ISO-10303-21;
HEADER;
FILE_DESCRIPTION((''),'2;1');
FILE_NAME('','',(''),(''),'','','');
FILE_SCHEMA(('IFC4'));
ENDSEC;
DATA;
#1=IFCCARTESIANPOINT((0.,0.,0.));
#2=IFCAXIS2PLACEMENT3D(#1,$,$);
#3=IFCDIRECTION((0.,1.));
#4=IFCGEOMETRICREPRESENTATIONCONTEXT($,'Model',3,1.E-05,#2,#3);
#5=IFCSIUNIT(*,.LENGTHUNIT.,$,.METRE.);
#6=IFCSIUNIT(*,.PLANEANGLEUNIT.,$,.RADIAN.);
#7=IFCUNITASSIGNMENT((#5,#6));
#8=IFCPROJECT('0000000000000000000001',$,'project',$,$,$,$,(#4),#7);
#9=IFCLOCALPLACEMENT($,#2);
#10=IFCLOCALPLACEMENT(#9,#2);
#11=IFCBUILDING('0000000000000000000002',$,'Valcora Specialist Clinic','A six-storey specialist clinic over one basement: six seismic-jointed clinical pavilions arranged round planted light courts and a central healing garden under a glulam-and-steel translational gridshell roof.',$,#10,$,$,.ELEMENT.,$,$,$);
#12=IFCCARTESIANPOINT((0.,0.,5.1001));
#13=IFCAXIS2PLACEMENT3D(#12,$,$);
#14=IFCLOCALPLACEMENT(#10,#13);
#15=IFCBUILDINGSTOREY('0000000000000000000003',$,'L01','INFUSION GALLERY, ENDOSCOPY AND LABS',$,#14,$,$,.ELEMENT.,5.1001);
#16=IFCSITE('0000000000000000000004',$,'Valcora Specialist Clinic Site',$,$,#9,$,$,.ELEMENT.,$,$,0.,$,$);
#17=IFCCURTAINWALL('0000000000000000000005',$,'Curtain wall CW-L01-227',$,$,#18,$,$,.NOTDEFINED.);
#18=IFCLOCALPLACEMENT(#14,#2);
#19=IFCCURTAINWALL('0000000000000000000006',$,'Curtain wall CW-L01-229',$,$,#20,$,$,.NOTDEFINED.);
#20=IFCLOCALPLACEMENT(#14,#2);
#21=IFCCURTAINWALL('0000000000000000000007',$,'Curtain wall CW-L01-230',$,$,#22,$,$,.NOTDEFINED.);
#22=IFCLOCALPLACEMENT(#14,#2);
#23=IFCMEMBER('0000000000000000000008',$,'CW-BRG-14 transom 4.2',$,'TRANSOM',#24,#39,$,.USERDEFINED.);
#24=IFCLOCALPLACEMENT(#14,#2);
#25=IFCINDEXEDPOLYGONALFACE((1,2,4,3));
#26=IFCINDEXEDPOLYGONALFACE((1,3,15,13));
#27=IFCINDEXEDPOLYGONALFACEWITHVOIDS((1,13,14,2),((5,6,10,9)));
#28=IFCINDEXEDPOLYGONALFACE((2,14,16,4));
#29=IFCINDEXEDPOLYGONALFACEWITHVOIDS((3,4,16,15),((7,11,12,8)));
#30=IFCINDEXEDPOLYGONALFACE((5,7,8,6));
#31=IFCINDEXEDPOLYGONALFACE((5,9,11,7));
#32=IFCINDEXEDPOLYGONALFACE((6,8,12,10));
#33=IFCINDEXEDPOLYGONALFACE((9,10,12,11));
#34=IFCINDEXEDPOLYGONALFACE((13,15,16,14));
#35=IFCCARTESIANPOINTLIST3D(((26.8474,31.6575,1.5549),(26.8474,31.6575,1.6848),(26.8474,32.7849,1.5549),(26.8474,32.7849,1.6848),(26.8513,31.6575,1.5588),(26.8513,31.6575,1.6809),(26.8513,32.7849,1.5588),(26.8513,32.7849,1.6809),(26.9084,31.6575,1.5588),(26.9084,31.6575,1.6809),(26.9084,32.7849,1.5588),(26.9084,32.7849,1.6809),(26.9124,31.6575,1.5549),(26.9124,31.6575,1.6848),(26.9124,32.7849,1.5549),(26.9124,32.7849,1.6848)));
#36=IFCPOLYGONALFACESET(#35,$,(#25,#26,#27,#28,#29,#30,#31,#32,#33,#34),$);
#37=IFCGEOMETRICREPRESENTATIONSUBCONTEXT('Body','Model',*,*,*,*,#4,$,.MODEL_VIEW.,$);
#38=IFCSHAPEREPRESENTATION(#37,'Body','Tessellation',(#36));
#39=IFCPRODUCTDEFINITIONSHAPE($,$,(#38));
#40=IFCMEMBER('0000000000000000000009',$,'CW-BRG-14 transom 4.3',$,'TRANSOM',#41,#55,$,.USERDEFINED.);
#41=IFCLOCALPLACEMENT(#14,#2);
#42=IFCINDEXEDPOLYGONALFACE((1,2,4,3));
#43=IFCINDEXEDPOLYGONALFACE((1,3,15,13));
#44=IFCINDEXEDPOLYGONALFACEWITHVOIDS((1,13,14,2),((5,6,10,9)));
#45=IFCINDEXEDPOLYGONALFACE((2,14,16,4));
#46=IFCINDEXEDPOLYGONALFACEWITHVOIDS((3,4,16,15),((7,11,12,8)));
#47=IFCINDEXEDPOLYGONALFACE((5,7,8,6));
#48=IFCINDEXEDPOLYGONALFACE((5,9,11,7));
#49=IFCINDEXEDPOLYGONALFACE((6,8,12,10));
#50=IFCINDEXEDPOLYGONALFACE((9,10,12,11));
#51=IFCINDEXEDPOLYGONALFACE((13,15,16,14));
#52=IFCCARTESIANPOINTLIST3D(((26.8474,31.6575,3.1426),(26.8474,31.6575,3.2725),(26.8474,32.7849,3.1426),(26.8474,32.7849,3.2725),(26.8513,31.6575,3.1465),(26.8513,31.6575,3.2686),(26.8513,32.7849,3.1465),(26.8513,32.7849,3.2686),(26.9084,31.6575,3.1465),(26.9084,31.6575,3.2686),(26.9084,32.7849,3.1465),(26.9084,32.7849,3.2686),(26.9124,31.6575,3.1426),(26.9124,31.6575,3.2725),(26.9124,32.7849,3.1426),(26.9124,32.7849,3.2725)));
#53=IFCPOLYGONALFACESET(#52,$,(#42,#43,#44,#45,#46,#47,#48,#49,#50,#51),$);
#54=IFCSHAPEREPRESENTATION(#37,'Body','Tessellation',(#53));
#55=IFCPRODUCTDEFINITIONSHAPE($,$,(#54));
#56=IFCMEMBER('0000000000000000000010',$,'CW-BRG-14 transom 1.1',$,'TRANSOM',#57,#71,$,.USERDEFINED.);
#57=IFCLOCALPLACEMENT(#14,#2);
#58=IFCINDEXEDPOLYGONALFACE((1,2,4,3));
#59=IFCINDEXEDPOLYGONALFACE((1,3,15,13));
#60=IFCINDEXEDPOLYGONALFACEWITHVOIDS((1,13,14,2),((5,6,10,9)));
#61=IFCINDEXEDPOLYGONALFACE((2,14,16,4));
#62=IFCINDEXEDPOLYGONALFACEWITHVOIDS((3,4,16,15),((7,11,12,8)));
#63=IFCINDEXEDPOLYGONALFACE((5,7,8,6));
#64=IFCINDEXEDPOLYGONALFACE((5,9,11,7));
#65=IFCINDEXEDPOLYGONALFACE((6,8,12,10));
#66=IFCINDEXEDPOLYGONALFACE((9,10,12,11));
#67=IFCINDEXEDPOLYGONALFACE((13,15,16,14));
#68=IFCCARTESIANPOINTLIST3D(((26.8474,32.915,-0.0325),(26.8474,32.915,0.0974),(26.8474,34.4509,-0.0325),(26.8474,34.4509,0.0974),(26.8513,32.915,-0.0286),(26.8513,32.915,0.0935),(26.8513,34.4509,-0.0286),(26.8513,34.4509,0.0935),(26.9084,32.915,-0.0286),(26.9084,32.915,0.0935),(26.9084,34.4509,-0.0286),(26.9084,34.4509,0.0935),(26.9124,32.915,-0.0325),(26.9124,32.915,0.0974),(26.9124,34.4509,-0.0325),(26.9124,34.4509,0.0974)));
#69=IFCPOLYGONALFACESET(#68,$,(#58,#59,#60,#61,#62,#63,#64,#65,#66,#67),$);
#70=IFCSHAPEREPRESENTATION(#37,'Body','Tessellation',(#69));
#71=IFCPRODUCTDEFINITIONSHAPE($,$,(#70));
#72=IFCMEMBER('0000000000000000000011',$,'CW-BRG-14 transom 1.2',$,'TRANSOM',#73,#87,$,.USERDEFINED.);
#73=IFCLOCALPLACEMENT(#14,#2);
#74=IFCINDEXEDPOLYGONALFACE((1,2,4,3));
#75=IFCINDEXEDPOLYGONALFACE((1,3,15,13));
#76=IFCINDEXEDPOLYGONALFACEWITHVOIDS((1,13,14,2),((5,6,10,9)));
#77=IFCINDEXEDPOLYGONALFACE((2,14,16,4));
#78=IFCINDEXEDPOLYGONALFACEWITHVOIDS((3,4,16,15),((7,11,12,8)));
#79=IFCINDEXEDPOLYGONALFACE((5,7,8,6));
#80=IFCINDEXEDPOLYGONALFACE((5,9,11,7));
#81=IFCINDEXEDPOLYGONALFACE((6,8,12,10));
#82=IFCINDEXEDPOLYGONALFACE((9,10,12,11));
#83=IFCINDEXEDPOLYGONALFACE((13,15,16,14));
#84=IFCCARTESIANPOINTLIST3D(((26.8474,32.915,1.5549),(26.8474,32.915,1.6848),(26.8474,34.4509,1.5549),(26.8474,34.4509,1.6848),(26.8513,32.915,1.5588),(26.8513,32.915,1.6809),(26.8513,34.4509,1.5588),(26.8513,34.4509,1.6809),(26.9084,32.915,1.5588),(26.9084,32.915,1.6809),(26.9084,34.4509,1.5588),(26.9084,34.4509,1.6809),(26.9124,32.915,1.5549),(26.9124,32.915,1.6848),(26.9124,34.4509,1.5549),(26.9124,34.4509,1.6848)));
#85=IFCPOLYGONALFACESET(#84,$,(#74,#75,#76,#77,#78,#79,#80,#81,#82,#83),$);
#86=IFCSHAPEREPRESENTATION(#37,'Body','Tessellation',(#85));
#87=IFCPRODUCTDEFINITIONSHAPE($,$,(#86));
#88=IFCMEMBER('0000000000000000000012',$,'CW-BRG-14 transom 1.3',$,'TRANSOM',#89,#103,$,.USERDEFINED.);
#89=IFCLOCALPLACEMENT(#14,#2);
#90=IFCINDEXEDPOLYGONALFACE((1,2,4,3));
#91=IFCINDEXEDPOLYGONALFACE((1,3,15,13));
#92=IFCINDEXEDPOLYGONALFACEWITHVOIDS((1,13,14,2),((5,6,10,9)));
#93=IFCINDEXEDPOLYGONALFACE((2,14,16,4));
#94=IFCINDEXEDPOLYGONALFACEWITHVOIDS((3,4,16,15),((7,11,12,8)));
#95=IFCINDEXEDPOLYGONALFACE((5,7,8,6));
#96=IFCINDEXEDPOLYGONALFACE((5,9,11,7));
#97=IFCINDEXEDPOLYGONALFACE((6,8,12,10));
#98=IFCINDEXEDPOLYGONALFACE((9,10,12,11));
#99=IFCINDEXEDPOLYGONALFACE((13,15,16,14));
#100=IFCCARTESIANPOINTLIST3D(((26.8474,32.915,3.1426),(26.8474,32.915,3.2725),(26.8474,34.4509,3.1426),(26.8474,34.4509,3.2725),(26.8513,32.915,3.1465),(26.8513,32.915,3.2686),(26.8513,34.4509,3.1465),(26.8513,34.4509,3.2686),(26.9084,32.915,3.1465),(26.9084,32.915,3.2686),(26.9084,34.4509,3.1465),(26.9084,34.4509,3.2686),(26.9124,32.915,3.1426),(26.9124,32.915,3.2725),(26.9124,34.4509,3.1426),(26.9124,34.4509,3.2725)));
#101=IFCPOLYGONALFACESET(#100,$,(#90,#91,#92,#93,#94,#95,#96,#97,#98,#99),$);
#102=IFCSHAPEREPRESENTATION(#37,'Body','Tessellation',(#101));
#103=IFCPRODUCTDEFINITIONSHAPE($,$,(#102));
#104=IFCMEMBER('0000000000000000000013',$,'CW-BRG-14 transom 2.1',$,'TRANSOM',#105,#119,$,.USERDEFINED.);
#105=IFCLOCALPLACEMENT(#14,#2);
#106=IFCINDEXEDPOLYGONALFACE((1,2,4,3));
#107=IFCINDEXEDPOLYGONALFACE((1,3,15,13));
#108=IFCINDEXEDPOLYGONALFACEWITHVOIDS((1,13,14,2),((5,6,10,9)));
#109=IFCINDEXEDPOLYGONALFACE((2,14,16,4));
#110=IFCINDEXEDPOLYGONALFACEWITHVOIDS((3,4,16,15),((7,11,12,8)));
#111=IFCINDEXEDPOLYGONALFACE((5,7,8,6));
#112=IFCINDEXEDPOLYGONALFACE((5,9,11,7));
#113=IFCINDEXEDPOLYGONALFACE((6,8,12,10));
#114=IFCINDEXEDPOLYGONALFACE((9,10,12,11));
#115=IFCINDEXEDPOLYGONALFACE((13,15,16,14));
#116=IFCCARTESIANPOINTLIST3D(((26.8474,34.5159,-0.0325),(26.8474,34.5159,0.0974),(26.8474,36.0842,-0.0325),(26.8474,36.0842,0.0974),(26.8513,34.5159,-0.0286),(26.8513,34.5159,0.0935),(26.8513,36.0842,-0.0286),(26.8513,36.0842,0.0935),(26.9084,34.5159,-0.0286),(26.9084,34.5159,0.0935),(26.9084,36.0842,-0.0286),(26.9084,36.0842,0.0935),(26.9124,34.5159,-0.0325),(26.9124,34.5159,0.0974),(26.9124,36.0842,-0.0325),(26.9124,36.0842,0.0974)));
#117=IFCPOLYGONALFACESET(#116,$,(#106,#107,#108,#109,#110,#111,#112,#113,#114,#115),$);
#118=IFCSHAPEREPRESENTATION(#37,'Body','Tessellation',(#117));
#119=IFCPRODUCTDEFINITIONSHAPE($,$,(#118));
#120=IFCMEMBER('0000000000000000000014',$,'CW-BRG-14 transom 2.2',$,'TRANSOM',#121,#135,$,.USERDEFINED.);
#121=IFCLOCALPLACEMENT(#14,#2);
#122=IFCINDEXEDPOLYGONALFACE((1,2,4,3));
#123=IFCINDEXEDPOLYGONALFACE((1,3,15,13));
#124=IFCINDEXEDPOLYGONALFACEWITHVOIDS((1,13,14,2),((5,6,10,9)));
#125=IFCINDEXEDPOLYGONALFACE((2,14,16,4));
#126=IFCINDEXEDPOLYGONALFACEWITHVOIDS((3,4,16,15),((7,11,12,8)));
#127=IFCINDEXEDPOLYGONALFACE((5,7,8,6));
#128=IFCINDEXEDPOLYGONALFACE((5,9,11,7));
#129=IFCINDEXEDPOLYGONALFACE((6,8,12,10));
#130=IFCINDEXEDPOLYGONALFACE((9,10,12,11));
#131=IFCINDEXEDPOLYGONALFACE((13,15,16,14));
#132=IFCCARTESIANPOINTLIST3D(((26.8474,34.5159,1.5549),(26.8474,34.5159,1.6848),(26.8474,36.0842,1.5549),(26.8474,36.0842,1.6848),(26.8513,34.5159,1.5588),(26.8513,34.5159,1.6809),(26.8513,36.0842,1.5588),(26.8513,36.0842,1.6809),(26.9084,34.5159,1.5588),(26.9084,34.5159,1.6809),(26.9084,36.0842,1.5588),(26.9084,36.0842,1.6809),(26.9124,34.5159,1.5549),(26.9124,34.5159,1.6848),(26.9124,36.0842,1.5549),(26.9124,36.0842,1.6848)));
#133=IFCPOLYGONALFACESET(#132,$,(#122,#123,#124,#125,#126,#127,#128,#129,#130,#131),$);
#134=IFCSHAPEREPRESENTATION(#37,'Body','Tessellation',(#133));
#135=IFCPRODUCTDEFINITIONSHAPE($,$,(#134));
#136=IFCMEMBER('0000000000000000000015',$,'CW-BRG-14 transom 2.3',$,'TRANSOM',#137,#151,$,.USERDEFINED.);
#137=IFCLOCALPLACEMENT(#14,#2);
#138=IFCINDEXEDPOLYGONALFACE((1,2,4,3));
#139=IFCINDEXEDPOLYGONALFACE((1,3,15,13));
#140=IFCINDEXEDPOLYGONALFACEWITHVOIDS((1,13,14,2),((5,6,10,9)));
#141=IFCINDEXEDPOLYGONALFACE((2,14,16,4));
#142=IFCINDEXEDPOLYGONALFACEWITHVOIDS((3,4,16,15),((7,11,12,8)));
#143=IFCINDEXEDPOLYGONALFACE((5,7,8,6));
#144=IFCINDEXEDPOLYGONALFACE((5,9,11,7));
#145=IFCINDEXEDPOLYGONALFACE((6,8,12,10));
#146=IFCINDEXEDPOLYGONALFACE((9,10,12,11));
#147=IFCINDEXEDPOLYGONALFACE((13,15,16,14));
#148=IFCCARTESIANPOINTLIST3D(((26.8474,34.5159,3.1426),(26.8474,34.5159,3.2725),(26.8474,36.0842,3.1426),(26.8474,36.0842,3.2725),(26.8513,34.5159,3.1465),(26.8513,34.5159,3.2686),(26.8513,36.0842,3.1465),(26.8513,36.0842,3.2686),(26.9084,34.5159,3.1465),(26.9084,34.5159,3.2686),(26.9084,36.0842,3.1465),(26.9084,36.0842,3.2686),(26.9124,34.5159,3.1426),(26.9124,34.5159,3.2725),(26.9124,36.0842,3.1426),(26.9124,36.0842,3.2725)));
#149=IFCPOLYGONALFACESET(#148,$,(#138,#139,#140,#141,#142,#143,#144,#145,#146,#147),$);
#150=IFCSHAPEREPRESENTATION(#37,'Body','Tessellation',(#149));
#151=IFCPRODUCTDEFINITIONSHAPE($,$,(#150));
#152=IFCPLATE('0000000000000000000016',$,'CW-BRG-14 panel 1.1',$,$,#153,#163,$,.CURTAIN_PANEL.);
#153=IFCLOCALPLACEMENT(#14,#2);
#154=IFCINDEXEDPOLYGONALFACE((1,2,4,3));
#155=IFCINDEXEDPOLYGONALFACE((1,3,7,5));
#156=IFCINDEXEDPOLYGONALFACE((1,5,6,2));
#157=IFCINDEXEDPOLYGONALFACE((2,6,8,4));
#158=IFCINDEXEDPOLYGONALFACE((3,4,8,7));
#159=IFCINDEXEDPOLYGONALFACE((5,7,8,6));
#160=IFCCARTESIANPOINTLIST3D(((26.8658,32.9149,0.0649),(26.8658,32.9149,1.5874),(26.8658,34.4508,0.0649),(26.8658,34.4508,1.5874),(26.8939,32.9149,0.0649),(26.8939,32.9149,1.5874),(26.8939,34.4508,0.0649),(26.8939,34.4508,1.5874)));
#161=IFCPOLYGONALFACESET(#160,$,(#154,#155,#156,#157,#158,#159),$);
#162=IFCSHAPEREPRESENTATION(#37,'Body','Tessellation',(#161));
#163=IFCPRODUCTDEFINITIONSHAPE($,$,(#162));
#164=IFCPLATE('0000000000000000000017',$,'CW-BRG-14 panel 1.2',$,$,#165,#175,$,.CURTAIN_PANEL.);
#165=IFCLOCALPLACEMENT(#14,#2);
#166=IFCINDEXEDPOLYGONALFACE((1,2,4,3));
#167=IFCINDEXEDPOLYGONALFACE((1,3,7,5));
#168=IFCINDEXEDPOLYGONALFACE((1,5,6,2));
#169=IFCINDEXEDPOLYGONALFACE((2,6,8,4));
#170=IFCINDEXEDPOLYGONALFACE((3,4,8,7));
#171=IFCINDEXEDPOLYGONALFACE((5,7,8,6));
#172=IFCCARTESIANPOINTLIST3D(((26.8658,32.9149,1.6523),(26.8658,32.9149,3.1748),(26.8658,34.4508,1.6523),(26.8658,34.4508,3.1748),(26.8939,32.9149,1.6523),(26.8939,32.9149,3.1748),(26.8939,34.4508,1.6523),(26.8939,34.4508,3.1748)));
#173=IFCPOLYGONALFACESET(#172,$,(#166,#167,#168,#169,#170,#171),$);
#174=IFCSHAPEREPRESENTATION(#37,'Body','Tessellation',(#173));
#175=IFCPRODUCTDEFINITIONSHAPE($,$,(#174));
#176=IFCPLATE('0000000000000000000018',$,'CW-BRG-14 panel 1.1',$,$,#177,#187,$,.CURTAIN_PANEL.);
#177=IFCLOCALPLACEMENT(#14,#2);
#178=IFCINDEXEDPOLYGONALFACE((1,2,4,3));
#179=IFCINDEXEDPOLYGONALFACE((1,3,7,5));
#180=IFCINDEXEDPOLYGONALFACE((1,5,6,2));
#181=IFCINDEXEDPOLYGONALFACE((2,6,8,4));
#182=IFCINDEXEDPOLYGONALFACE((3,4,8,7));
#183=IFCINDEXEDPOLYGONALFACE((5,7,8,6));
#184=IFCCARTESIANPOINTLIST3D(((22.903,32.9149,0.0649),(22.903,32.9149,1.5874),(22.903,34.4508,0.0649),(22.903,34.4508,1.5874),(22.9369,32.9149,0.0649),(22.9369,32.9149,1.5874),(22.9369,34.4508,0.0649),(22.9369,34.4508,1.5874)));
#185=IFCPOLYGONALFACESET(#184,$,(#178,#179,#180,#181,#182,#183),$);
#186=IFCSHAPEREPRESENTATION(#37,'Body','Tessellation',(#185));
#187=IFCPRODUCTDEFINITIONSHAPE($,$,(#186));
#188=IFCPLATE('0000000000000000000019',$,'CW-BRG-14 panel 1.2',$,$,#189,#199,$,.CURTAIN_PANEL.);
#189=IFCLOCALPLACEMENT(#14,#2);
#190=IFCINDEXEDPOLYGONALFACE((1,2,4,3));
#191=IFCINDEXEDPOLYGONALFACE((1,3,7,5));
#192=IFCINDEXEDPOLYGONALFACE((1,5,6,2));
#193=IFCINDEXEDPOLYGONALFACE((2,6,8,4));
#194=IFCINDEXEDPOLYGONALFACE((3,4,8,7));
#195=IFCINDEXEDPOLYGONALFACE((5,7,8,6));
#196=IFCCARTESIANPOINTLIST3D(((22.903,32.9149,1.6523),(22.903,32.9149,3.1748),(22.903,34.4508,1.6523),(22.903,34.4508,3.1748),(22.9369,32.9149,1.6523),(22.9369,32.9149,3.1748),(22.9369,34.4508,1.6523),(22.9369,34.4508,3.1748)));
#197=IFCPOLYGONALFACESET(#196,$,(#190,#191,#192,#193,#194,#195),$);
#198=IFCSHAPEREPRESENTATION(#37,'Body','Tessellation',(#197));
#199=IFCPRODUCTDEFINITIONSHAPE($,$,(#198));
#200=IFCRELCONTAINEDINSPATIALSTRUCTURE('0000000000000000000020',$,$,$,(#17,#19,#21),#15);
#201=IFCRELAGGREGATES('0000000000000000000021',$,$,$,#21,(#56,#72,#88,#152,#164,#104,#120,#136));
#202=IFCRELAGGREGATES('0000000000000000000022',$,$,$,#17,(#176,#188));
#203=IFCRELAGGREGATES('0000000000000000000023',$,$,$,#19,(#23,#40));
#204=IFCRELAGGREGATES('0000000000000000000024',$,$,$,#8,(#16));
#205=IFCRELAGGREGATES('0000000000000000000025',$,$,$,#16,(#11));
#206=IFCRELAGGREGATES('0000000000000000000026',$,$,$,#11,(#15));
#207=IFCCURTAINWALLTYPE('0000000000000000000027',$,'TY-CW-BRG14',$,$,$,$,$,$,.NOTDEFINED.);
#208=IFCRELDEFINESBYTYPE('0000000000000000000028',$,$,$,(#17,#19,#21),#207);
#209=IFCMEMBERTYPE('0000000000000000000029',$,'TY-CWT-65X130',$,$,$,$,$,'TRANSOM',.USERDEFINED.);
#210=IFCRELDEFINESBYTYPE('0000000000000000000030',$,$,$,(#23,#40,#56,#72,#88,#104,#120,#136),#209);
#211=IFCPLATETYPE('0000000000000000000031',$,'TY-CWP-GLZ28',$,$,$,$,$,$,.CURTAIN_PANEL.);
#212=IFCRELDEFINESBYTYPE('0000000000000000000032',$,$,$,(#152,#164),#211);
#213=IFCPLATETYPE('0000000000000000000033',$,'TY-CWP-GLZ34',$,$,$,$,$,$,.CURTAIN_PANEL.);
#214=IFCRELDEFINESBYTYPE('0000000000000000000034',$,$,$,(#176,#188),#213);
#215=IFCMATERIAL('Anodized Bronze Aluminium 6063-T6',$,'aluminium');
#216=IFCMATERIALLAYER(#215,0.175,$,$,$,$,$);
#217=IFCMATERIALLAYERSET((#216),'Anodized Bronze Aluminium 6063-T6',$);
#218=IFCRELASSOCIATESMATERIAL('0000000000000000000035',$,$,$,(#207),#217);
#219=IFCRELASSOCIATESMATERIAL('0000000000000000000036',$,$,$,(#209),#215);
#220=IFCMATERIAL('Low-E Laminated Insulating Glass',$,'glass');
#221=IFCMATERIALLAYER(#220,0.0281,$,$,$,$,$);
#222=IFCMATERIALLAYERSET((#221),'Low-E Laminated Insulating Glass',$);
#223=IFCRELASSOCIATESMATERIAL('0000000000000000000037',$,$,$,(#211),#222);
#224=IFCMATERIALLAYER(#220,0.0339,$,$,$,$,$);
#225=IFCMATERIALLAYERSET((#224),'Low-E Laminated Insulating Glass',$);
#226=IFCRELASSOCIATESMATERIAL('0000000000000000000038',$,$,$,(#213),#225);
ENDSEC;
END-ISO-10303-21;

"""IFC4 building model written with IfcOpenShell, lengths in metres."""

from ifc_helpers import new_model, si_unit, direction, frame, origin, origin_2d, place, context, subcontext, project, spatial, rectangle, hollow_rectangle, extrude, material, layer, layer_set, material_profile, profile_set, type_object, element, aggregate, save


model = new_model("IFC4")

# Units and contexts
model_context = context("Model", 3, precision=1e-05, world=origin(), true_north=direction((0.0, 1.0)))
body_context = subcontext(model_context, "Body", "Model", "MODEL_VIEW")
ifc_project = project(units=[si_unit("LENGTHUNIT", "METRE"), si_unit("PLANEANGLEUNIT", "RADIAN")], contexts=[model_context])

# Site, building, storey
site_placement = place(None, origin())
site = spatial("IfcSite", under=ifc_project, at=site_placement, Name="Valcora Specialist Clinic Site", CompositionType="ELEMENT", RefElevation=0.0)
building_placement = place(site_placement, origin())
building = spatial("IfcBuilding", under=site, at=building_placement, Name="Valcora Specialist Clinic", Description="A six-storey specialist clinic over one basement: six seismic-jointed clinical pavilions arranged round planted light courts and a central healing garden under a glulam-and-steel translational gridshell roof.", CompositionType="ELEMENT")
storey_placement = place(building_placement, frame((0.0, 0.0, 5.1001)))
storey = spatial("IfcBuildingStorey", under=building, at=storey_placement, Name="L01", Description="INFUSION GALLERY, ENDOSCOPY AND LABS", CompositionType="ELEMENT", Elevation=5.1001)

# Curtain wall
ifc_material_1 = material(Name="Anodized Bronze Aluminium 6063-T6", Category="aluminium")
ifc_layer_1 = layer(ifc_material_1, 0.175)
ifc_layer_set_1 = layer_set([ifc_layer_1], Name="Anodized Bronze Aluminium 6063-T6")
curtain_wall_type = type_object("IfcCurtainWallType", Name="TY-CW-BRG14", PredefinedType="NOTDEFINED", material=ifc_layer_set_1)
curtain_wall_1_placement = place(storey_placement, origin())
curtain_wall_1 = element("IfcCurtainWall", 1, at=curtain_wall_1_placement, inside=storey, type_object=curtain_wall_type, Name="Curtain wall CW-L01-227", PredefinedType="NOTDEFINED")

# Curtain wall
curtain_wall_2_placement = place(storey_placement, origin())
curtain_wall_2 = element("IfcCurtainWall", 2, at=curtain_wall_2_placement, inside=storey, type_object=curtain_wall_type, Name="Curtain wall CW-L01-229", PredefinedType="NOTDEFINED")

# Curtain wall
curtain_wall_3_placement = place(storey_placement, origin())
curtain_wall_3 = element("IfcCurtainWall", 3, at=curtain_wall_3_placement, inside=storey, type_object=curtain_wall_type, Name="Curtain wall CW-L01-230", PredefinedType="NOTDEFINED")

# Members
ifc_material_profile_1 = material_profile(ifc_material_1, hollow_rectangle(XDim=0.0649, YDim=0.1299, WallThickness=0.0039, at=origin_2d()), Name="AL-TRN-65X130")
ifc_profile_set_1 = profile_set([ifc_material_profile_1], Name="Anodized Bronze Aluminium 6063-T6")
member_type_1 = type_object("IfcMemberType", Name="TY-CWT-65X130", ElementType="TRANSOM", PredefinedType="USERDEFINED", material=ifc_profile_set_1)
member_1_placement = place(storey_placement, frame((26.8799, 31.6575, 1.6199), z_axis=(0.0, 1.0, 0.0), x_axis=(-1.0, 0.0, 0.0)))
member_1 = element("IfcMember", 4, at=member_1_placement, type_object=member_type_1, Name="CW-BRG-14 transom 4.2", ObjectType="TRANSOM", PredefinedType="USERDEFINED", context=body_context, shape_type="SweptSolid", body=[
    extrude(hollow_rectangle(XDim=0.0649, YDim=0.1299, WallThickness=0.0039, at=origin_2d()), origin(), (0.0, 0.0, 1.0), 1.1274),
])
member_2_placement = place(storey_placement, frame((26.8799, 31.6575, 3.2075), z_axis=(0.0, 1.0, 0.0), x_axis=(-1.0, 0.0, 0.0)))
member_2 = element("IfcMember", 5, at=member_2_placement, type_object=member_type_1, Name="CW-BRG-14 transom 4.3", ObjectType="TRANSOM", PredefinedType="USERDEFINED", context=body_context, shape_type="SweptSolid", body=[
    extrude(hollow_rectangle(XDim=0.0649, YDim=0.1299, WallThickness=0.0039, at=origin_2d()), origin(), (0.0, 0.0, 1.0), 1.1274),
])
member_3_placement = place(storey_placement, frame((26.8799, 32.915, 0.0325), z_axis=(0.0, 1.0, 0.0), x_axis=(-1.0, 0.0, 0.0)))
member_3 = element("IfcMember", 6, at=member_3_placement, type_object=member_type_1, Name="CW-BRG-14 transom 1.1", ObjectType="TRANSOM", PredefinedType="USERDEFINED", context=body_context, shape_type="SweptSolid", body=[
    extrude(hollow_rectangle(XDim=0.0649, YDim=0.1299, WallThickness=0.0039, at=origin_2d()), origin(), (0.0, 0.0, 1.0), 1.5359),
])
member_4_placement = place(storey_placement, frame((26.8799, 32.915, 1.6199), z_axis=(0.0, 1.0, 0.0), x_axis=(-1.0, 0.0, 0.0)))
member_4 = element("IfcMember", 7, at=member_4_placement, type_object=member_type_1, Name="CW-BRG-14 transom 1.2", ObjectType="TRANSOM", PredefinedType="USERDEFINED", context=body_context, shape_type="SweptSolid", body=[
    extrude(hollow_rectangle(XDim=0.0649, YDim=0.1299, WallThickness=0.0039, at=origin_2d()), origin(), (0.0, 0.0, 1.0), 1.5359),
])
member_5_placement = place(storey_placement, frame((26.8799, 32.915, 3.2075), z_axis=(0.0, 1.0, 0.0), x_axis=(-1.0, 0.0, 0.0)))
member_5 = element("IfcMember", 8, at=member_5_placement, type_object=member_type_1, Name="CW-BRG-14 transom 1.3", ObjectType="TRANSOM", PredefinedType="USERDEFINED", context=body_context, shape_type="SweptSolid", body=[
    extrude(hollow_rectangle(XDim=0.0649, YDim=0.1299, WallThickness=0.0039, at=origin_2d()), origin(), (0.0, 0.0, 1.0), 1.5359),
])
member_6_placement = place(storey_placement, frame((26.8799, 34.5159, 0.0325), z_axis=(0.0, 1.0, 0.0), x_axis=(-1.0, 0.0, 0.0)))
member_6 = element("IfcMember", 9, at=member_6_placement, type_object=member_type_1, Name="CW-BRG-14 transom 2.1", ObjectType="TRANSOM", PredefinedType="USERDEFINED", context=body_context, shape_type="SweptSolid", body=[
    extrude(hollow_rectangle(XDim=0.0649, YDim=0.1299, WallThickness=0.0039, at=origin_2d()), origin(), (0.0, 0.0, 1.0), 1.5684),
])
member_7_placement = place(storey_placement, frame((26.8799, 34.5159, 1.6199), z_axis=(0.0, 1.0, 0.0), x_axis=(-1.0, 0.0, 0.0)))
member_7 = element("IfcMember", 10, at=member_7_placement, type_object=member_type_1, Name="CW-BRG-14 transom 2.2", ObjectType="TRANSOM", PredefinedType="USERDEFINED", context=body_context, shape_type="SweptSolid", body=[
    extrude(hollow_rectangle(XDim=0.0649, YDim=0.1299, WallThickness=0.0039, at=origin_2d()), origin(), (0.0, 0.0, 1.0), 1.5684),
])
member_8_placement = place(storey_placement, frame((26.8799, 34.5159, 3.2075), z_axis=(0.0, 1.0, 0.0), x_axis=(-1.0, 0.0, 0.0)))
member_8 = element("IfcMember", 11, at=member_8_placement, type_object=member_type_1, Name="CW-BRG-14 transom 2.3", ObjectType="TRANSOM", PredefinedType="USERDEFINED", context=body_context, shape_type="SweptSolid", body=[
    extrude(hollow_rectangle(XDim=0.0649, YDim=0.1299, WallThickness=0.0039, at=origin_2d()), origin(), (0.0, 0.0, 1.0), 1.5684),
])

# Plates
ifc_material_2 = material(Name="Low-E Laminated Insulating Glass", Category="glass")
ifc_layer_2 = layer(ifc_material_2, 0.0281)
ifc_layer_set_2 = layer_set([ifc_layer_2], Name="Low-E Laminated Insulating Glass")
plate_type_1 = type_object("IfcPlateType", Name="TY-CWP-GLZ28", PredefinedType="CURTAIN_PANEL", material=ifc_layer_set_2)
plate_1_placement = place(storey_placement, frame((26.8799, 33.6829, 0.0649), z_axis=(0.0, 0.0, 1.0), x_axis=(0.0, 1.0, 0.0)))
plate_1 = element("IfcPlate", 12, at=plate_1_placement, type_object=plate_type_1, Name="CW-BRG-14 panel 1.1", PredefinedType="CURTAIN_PANEL", context=body_context, shape_type="SweptSolid", body=[
    extrude(rectangle(XDim=1.5359, YDim=0.0281, at=origin_2d()), origin(), (0.0, 0.0, 1.0), 1.5225),
])
plate_2_placement = place(storey_placement, frame((26.8799, 33.6829, 1.6523), z_axis=(0.0, 0.0, 1.0), x_axis=(0.0, 1.0, 0.0)))
plate_2 = element("IfcPlate", 13, at=plate_2_placement, type_object=plate_type_1, Name="CW-BRG-14 panel 1.2", PredefinedType="CURTAIN_PANEL", context=body_context, shape_type="SweptSolid", body=[
    extrude(rectangle(XDim=1.5359, YDim=0.0281, at=origin_2d()), origin(), (0.0, 0.0, 1.0), 1.5225),
])
aggregate(curtain_wall_3, [member_3, member_4, member_5, plate_1, plate_2, member_6, member_7, member_8])
ifc_layer_3 = layer(ifc_material_2, 0.0339)
ifc_layer_set_3 = layer_set([ifc_layer_3], Name="Low-E Laminated Insulating Glass")
plate_type_2 = type_object("IfcPlateType", Name="TY-CWP-GLZ34", PredefinedType="CURTAIN_PANEL", material=ifc_layer_set_3)
plate_3_placement = place(storey_placement, frame((22.9199, 33.6829, 0.0649), z_axis=(0.0, 0.0, 1.0), x_axis=(0.0, 1.0, 0.0)))
plate_3 = element("IfcPlate", 14, at=plate_3_placement, type_object=plate_type_2, Name="CW-BRG-14 panel 1.1", PredefinedType="CURTAIN_PANEL", context=body_context, shape_type="SweptSolid", body=[
    extrude(rectangle(XDim=1.5359, YDim=0.0339, at=origin_2d()), origin(), (0.0, 0.0, 1.0), 1.5225),
])
plate_4_placement = place(storey_placement, frame((22.9199, 33.6829, 1.6523), z_axis=(0.0, 0.0, 1.0), x_axis=(0.0, 1.0, 0.0)))
plate_4 = element("IfcPlate", 15, at=plate_4_placement, type_object=plate_type_2, Name="CW-BRG-14 panel 1.2", PredefinedType="CURTAIN_PANEL", context=body_context, shape_type="SweptSolid", body=[
    extrude(rectangle(XDim=1.5359, YDim=0.0339, at=origin_2d()), origin(), (0.0, 0.0, 1.0), 1.5225),
])
aggregate(curtain_wall_1, [plate_3, plate_4])
aggregate(curtain_wall_2, [member_1, member_2])

save(model, "model.ifc")
